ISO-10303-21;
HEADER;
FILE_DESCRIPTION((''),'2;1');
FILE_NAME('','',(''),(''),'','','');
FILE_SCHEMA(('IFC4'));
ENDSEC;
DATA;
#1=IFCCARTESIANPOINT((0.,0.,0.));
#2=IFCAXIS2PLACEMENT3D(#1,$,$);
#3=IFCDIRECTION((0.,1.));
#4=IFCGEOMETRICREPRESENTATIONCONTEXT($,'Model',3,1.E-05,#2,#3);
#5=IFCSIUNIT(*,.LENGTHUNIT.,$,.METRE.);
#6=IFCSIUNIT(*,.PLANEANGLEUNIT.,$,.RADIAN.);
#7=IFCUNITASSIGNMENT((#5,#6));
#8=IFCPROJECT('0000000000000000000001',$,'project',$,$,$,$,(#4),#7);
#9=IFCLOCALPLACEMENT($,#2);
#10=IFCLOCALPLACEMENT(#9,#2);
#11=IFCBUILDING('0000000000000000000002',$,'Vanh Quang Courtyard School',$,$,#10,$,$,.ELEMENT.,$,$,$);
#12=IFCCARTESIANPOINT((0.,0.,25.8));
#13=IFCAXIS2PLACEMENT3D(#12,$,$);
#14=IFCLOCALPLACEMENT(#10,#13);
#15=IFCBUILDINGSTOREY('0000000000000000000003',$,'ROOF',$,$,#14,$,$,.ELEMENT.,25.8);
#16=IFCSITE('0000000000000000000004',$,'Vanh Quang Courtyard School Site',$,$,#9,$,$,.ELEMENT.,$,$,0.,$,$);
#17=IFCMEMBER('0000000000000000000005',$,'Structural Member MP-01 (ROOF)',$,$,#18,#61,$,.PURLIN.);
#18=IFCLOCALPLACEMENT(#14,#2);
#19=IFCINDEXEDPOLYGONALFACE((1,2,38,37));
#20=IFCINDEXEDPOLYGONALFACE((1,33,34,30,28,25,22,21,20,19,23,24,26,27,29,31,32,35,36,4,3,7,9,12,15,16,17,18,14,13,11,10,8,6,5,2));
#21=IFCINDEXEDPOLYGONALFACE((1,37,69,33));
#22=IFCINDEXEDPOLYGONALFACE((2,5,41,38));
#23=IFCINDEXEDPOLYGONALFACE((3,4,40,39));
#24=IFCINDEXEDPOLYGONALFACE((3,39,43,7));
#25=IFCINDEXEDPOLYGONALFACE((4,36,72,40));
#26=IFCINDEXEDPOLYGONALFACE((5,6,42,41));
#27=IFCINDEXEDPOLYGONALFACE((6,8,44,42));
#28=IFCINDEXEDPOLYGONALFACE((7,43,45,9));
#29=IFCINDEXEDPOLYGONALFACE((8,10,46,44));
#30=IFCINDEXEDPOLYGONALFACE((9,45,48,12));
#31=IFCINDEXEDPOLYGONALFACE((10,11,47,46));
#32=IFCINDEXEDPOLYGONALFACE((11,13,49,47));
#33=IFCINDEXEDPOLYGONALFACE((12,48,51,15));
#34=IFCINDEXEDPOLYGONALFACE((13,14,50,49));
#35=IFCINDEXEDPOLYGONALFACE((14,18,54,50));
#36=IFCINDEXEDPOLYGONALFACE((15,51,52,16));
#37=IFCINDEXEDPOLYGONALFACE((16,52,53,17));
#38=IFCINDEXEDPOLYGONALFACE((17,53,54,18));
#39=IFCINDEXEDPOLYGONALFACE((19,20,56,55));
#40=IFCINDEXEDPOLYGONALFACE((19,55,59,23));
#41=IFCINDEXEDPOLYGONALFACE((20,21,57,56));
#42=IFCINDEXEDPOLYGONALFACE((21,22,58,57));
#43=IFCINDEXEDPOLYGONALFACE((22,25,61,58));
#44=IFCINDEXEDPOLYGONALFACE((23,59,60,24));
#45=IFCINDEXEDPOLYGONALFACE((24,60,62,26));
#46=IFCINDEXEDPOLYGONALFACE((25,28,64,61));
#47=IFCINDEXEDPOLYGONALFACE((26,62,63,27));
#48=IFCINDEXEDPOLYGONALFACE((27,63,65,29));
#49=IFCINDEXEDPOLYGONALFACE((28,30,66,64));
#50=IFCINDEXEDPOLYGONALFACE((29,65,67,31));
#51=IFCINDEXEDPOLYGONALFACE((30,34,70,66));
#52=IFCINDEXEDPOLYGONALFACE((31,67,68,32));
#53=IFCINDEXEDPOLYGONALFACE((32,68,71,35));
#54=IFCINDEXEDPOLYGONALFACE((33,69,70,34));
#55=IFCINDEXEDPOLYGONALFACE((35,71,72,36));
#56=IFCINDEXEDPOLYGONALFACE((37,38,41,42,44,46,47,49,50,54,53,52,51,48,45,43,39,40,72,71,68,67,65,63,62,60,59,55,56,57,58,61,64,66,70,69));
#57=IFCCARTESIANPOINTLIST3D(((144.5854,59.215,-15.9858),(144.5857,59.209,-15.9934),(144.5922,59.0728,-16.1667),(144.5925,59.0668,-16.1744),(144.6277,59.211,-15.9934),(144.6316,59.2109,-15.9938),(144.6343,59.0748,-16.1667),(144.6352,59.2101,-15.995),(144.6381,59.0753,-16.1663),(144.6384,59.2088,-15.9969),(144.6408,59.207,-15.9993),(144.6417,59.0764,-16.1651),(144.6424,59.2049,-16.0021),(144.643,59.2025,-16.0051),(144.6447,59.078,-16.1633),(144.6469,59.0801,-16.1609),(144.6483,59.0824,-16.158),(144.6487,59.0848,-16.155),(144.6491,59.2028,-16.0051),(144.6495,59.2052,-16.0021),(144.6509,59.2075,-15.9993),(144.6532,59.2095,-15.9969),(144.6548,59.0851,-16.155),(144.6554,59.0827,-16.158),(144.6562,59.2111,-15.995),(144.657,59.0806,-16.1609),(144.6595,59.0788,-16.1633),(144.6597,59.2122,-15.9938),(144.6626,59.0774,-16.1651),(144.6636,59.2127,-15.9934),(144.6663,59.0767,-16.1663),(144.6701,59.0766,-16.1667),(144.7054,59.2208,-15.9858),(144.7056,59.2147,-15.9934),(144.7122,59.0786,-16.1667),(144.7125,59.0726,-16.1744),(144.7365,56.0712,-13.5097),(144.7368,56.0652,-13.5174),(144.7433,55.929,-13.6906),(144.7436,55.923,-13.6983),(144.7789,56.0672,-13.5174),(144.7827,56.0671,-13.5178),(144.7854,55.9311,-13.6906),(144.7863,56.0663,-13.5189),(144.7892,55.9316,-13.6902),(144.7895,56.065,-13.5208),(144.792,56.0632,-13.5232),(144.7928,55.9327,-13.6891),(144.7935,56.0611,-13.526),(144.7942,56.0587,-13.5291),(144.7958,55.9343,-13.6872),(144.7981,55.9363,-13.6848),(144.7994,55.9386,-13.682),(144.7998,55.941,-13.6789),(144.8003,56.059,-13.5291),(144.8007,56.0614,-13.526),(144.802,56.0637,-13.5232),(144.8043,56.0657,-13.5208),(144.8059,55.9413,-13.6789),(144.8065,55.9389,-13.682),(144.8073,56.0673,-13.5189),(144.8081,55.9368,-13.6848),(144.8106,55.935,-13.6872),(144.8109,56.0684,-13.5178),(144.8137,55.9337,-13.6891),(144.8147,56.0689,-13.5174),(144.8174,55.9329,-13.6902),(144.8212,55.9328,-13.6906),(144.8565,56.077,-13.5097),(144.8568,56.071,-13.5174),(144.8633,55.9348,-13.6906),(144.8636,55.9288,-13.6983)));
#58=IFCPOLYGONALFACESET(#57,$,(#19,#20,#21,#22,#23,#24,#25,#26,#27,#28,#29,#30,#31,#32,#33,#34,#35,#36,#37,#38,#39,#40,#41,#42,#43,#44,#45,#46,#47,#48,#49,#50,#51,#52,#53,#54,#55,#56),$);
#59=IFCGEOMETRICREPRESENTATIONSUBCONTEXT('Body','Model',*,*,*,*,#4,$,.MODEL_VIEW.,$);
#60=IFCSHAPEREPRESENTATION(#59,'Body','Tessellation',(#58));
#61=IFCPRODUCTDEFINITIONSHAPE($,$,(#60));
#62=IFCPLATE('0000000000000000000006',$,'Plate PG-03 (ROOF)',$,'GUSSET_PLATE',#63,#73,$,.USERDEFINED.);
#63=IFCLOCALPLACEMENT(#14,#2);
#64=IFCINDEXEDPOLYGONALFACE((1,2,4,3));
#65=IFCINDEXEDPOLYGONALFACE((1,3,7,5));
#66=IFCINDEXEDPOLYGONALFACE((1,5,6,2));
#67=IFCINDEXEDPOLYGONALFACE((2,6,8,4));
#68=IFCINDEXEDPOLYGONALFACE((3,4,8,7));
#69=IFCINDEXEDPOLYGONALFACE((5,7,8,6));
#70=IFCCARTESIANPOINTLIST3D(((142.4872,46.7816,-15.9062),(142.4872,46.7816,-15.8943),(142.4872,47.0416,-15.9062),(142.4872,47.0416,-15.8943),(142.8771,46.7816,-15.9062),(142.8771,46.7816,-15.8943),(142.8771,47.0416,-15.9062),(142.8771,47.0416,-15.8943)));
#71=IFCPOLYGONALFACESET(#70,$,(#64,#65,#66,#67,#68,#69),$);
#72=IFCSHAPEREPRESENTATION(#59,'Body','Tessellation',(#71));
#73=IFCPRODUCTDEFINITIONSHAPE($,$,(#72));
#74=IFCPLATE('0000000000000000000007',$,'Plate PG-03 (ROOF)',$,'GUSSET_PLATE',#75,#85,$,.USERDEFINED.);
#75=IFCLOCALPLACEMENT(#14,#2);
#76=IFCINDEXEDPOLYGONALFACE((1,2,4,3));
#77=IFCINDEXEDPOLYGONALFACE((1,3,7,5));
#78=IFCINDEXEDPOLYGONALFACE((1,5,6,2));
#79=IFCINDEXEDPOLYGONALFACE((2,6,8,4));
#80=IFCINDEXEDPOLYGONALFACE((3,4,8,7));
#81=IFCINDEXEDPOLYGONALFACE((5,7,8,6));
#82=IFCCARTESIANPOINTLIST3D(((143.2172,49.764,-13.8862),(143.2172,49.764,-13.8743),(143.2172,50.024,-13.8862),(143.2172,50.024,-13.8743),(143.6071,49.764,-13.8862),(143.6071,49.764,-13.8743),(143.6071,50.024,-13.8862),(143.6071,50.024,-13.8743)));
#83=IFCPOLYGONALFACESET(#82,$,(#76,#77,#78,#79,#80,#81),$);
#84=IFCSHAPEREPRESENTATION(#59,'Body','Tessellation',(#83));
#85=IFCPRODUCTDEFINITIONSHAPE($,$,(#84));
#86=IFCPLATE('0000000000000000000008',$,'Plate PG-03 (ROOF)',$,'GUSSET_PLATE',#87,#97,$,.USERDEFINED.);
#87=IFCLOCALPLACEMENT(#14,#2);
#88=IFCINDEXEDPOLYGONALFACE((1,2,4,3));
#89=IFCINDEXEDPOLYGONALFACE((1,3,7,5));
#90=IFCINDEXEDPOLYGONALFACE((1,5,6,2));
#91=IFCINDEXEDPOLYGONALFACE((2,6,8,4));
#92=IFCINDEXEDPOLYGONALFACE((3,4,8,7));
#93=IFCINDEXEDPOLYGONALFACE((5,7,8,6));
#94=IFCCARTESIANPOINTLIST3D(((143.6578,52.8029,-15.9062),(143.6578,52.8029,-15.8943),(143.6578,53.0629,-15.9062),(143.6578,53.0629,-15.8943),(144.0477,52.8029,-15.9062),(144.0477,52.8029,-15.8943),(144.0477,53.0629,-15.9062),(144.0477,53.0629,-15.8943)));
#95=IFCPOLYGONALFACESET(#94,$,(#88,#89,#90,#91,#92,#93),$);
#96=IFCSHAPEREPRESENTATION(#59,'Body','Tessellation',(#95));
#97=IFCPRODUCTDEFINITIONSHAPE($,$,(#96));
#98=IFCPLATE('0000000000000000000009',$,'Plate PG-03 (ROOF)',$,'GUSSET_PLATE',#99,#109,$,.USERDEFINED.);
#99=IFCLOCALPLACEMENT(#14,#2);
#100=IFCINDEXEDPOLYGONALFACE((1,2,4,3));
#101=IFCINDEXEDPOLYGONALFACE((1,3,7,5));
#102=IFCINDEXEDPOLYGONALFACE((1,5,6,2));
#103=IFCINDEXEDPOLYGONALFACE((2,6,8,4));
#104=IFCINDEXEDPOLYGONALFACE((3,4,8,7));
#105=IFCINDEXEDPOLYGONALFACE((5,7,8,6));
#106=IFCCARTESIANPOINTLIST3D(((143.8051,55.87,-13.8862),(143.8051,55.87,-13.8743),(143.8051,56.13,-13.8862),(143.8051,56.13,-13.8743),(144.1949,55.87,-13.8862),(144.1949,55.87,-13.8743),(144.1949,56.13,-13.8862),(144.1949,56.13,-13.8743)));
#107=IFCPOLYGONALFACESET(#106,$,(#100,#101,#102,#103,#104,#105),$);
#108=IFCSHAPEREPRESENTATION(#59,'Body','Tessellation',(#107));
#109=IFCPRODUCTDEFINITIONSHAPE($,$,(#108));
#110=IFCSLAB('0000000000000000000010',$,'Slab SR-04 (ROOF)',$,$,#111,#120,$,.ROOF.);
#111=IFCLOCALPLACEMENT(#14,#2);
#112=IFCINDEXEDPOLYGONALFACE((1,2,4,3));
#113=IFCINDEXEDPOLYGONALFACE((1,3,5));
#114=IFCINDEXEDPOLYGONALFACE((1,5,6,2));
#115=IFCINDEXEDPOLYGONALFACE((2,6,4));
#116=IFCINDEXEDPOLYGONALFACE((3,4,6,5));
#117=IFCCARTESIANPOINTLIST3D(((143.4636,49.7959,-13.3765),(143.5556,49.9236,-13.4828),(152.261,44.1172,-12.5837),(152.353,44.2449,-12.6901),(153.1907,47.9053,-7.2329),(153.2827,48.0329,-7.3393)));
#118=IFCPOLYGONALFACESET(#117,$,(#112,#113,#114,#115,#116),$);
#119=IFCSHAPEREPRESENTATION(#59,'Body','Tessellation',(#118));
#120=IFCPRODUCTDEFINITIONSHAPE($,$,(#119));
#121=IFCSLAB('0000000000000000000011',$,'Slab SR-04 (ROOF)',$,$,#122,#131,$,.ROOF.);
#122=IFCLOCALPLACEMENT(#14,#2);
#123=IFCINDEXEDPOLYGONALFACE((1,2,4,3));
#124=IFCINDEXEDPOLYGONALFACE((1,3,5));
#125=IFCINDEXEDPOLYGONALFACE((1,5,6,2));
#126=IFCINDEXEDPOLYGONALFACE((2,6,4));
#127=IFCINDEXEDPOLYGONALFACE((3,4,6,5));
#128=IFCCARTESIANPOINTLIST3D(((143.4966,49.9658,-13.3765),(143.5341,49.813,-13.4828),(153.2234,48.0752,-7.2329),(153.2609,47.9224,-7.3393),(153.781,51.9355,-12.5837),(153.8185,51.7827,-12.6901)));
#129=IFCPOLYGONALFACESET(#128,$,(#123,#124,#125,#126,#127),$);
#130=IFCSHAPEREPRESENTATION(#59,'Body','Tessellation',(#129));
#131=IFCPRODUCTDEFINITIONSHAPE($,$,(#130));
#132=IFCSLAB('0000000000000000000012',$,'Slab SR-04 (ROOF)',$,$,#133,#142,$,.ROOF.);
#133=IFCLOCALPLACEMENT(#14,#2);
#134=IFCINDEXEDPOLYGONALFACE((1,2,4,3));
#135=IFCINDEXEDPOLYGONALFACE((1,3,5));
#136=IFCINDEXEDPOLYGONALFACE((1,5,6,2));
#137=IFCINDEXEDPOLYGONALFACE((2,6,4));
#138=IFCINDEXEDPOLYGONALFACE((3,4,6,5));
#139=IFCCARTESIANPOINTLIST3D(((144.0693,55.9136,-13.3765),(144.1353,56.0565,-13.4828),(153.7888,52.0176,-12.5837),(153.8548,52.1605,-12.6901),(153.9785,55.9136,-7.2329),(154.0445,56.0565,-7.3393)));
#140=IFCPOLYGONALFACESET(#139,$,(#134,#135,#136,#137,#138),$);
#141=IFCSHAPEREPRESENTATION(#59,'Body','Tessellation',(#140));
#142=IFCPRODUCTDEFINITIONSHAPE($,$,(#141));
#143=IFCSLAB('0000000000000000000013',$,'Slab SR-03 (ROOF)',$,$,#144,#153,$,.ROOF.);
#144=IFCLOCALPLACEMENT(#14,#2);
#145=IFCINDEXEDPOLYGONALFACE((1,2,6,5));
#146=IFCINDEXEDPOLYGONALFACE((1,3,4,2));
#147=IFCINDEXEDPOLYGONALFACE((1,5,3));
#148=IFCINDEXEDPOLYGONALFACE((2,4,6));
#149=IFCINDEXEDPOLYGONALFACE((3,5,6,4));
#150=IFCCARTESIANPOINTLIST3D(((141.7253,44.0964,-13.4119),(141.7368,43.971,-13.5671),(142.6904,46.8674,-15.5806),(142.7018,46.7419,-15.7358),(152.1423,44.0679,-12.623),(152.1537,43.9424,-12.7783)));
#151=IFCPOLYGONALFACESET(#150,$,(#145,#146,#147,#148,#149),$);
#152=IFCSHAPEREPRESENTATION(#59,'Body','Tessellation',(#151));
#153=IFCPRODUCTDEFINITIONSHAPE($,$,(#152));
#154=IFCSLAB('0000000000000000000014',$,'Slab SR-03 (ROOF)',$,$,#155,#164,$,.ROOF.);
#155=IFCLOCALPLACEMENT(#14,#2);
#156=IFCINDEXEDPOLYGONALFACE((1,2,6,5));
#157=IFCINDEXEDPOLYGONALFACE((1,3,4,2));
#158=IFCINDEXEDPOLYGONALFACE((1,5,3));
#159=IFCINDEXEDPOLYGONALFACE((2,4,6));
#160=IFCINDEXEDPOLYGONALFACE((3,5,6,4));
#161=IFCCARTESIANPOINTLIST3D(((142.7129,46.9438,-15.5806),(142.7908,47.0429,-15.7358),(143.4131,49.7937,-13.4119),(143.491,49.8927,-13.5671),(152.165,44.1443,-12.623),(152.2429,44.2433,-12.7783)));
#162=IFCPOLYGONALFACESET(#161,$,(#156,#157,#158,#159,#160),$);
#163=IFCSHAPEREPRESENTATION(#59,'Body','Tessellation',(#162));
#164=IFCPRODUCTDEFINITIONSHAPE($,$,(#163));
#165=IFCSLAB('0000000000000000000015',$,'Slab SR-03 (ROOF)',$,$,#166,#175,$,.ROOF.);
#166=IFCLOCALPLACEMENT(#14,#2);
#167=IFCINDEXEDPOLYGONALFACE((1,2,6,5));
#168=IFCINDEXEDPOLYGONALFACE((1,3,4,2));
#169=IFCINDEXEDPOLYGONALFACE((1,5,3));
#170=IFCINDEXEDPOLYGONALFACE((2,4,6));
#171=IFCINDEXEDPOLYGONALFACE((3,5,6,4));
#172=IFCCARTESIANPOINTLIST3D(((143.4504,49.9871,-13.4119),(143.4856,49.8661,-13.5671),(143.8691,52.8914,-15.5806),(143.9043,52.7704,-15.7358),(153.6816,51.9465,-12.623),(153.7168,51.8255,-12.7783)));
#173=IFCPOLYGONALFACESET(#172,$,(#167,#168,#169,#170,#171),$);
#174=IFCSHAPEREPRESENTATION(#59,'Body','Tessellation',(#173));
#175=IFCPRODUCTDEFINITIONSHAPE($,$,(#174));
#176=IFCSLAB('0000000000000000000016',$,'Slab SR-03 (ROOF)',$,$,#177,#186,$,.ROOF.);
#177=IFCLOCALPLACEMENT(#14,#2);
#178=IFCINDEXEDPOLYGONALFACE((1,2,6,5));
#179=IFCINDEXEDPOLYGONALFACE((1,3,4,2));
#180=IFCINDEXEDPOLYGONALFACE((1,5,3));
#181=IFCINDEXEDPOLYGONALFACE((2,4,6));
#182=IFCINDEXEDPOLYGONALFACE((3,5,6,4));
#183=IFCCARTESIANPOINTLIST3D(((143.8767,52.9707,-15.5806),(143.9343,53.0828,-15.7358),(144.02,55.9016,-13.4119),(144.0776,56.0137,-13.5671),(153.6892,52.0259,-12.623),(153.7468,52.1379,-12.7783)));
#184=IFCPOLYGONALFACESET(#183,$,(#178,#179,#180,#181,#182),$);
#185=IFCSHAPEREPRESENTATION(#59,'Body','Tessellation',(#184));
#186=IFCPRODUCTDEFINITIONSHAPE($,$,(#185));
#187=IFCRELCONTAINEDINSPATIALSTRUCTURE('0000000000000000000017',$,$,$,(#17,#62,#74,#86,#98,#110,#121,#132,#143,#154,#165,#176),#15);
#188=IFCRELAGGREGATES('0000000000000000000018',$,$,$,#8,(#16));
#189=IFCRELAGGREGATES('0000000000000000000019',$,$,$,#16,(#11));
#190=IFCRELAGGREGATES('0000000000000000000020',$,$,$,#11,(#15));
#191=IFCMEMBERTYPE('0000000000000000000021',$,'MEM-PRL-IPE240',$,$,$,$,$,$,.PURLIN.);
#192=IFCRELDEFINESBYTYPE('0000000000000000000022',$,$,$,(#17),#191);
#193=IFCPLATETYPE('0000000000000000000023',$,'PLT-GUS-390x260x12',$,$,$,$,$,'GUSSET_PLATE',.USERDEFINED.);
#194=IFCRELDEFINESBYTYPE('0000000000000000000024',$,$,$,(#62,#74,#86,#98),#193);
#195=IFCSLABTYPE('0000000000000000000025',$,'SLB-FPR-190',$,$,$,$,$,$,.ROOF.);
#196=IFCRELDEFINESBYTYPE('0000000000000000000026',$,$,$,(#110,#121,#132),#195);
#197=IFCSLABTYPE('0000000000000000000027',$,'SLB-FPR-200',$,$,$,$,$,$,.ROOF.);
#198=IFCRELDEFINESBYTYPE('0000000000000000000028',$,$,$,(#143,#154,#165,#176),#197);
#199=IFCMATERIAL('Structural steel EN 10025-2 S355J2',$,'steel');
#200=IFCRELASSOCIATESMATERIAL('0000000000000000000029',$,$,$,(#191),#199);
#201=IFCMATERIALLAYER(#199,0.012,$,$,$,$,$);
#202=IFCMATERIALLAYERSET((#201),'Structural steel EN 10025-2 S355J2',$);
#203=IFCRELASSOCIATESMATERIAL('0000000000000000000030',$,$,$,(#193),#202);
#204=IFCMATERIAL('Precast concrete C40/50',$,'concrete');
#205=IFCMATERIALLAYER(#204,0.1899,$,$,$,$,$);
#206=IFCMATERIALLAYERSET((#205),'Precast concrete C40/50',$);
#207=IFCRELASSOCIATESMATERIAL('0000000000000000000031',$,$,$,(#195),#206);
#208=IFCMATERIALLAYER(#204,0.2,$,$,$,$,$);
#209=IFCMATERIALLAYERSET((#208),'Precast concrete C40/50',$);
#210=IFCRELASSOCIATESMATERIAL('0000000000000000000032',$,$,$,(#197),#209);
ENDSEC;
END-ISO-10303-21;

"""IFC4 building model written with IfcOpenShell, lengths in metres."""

from ifc_helpers import new_model, si_unit, direction, frame, origin, origin_2d, place, context, subcontext, project, spatial, polyline, rectangle, i_section, outline, extrude, material, layer, layer_set, material_profile, profile_set, type_object, element, save


model = new_model("IFC4")

# Units and contexts
model_context = context("Model", 3, precision=1e-05, world=origin(), true_north=direction((0.0, 1.0)))
body_context = subcontext(model_context, "Body", "Model", "MODEL_VIEW")
ifc_project = project(units=[si_unit("LENGTHUNIT", "METRE"), si_unit("PLANEANGLEUNIT", "RADIAN")], contexts=[model_context])

# Site, building, storey
site_placement = place(None, origin())
site = spatial("IfcSite", under=ifc_project, at=site_placement, Name="Vanh Quang Courtyard School Site", CompositionType="ELEMENT", RefElevation=0.0)
building_placement = place(site_placement, origin())
building = spatial("IfcBuilding", under=site, at=building_placement, Name="Vanh Quang Courtyard School", CompositionType="ELEMENT")
storey_placement = place(building_placement, frame((0.0, 0.0, 25.8)))
storey = spatial("IfcBuildingStorey", under=building, at=storey_placement, Name="ROOF", CompositionType="ELEMENT", Elevation=25.8)

# Shared definitions
ifc_material_1 = material(Name="Structural steel EN 10025-2 S355J2", Category="steel")

# Member
ifc_material_profile_1 = material_profile(ifc_material_1, i_section(OverallWidth=0.1201, OverallDepth=0.24, WebThickness=0.0061, FlangeThickness=0.0098, FilletRadius=0.0149, at=origin_2d()), Name="IPE 240")
ifc_profile_set_1 = profile_set([ifc_material_profile_1], Name="Structural steel EN 10025-2 S355J2")
member_type_1 = type_object("IfcMemberType", Name="MEM-PRL-IPE240", PredefinedType="PURLIN", material=ifc_profile_set_1)
for number, where, z_axis, x_axis, name in (
    (1, (144.8, 56.0, -13.604), (-0.037737, 0.785036, -0.618299), (-0.998847, -0.048015, 0.0), "Structural Member MP-01 (ROOF)"),
):
    element("IfcMember", number, at=place(storey_placement, frame(where, z_axis=z_axis, x_axis=x_axis)), inside=storey, type_object=member_type_1, Name=name, PredefinedType="PURLIN", context=body_context, shape_type="SweptSolid", body=[
        extrude(i_section(OverallWidth=0.1201, OverallDepth=0.24, WebThickness=0.0061, FlangeThickness=0.0098, FilletRadius=0.0149, at=origin_2d()), origin(), (0.0, 0.0, 1.0), 4.0046),
    ])

# Plates
ifc_layer_1 = layer(ifc_material_1, 0.012)
ifc_layer_set_1 = layer_set([ifc_layer_1], Name="Structural steel EN 10025-2 S355J2")
plate_type = type_object("IfcPlateType", Name="PLT-GUS-390x260x12", ElementType="GUSSET_PLATE", PredefinedType="USERDEFINED", material=ifc_layer_set_1)
for number, where, z_axis, x_axis, name in (
    (2, (142.6821, 46.9116, -15.9062), (0.0, 0.0, 1.0), (1.0, 0.0, 0.0), "Plate PG-03 (ROOF)"),
    (3, (143.4121, 49.894, -13.8862), (0.0, 0.0, 1.0), (1.0, 0.0, 0.0), "Plate PG-03 (ROOF)"),
    (4, (143.8528, 52.9329, -15.9062), (0.0, 0.0, 1.0), (1.0, 0.0, 0.0), "Plate PG-03 (ROOF)"),
    (5, (144.0, 56.0, -13.8862), (0.0, 0.0, 1.0), (1.0, 0.0, 0.0), "Plate PG-03 (ROOF)"),
):
    element("IfcPlate", number, at=place(storey_placement, frame(where, z_axis=z_axis, x_axis=x_axis)), inside=storey, type_object=plate_type, Name=name, ObjectType="GUSSET_PLATE", PredefinedType="USERDEFINED", context=body_context, shape_type="SweptSolid", body=[
        extrude(rectangle(XDim=0.3899, YDim=0.26, at=origin_2d()), origin(), (0.0, 0.0, 1.0), 0.012),
    ])

# Slabs
ifc_material_2 = material(Name="Precast concrete C40/50", Category="concrete")
ifc_layer_2 = layer(ifc_material_2, 0.1899)
ifc_layer_set_2 = layer_set([ifc_layer_2], Name="Precast concrete C40/50")
slab_type_1 = type_object("IfcSlabType", Name="SLB-FPR-190", PredefinedType="ROOF", material=ifc_layer_set_2)
slab_1_placement = place(storey_placement, frame((143.4636, 49.7959, -13.3765), z_axis=(-0.484344, -0.672163, 0.560007), x_axis=(0.837769, -0.540781, 0.075491)))
element("IfcSlab", 6, at=slab_1_placement, inside=storey, type_object=slab_type_1, Name="Slab SR-04 (ROOF)", PredefinedType="ROOF", context=body_context, shape_type="SweptSolid", body=[
    extrude(outline(polyline([(0.0, 0.0), (10.5009, 0.0), (9.6352, 6.5647), (0.0, 0.0)])), origin(), (0.0, 0.0, -1.0), 0.1899),
])
slab_2_placement = place(storey_placement, frame((143.4966, 49.9658, -13.3765), z_axis=(-0.197279, 0.804679, 0.559976), x_axis=(0.834286, -0.162162, 0.526944)))
element("IfcSlab", 7, at=slab_2_placement, inside=storey, type_object=slab_type_1, Name="Slab SR-04 (ROOF)", PredefinedType="ROOF", context=body_context, shape_type="SweptSolid", body=[
    extrude(outline(polyline([(0.0, 0.0), (11.6588, 0.0), (8.6785, 5.9129), (0.0, 0.0)])), origin(), (0.0, 0.0, -1.0), 0.1899),
])
slab_3_placement = place(storey_placement, frame((144.0693, 55.9136, -13.3765), z_axis=(-0.347199, -0.752224, 0.560011), x_axis=(0.925558, -0.371004, 0.075489)))
element("IfcSlab", 8, at=slab_3_placement, inside=storey, type_object=slab_type_1, Name="Slab SR-04 (ROOF)", PredefinedType="ROOF", context=body_context, shape_type="SweptSolid", body=[
    extrude(outline(polyline([(0.0, 0.0), (10.5012, 0.0), (9.6353, 6.5648), (0.0, 0.0)])), origin(), (0.0, 0.0, -1.0), 0.1899),
])
ifc_layer_3 = layer(ifc_material_2, 0.2)
ifc_layer_set_3 = layer_set([ifc_layer_3], Name="Precast concrete C40/50")
slab_type_2 = type_object("IfcSlabType", Name="SLB-FPR-200", PredefinedType="ROOF", material=ifc_layer_set_3)
slab_4_placement = place(storey_placement, frame((141.7253, 44.0964, -13.4119), z_axis=(-0.057076, 0.627572, 0.776463), x_axis=(0.997141, -0.002734, 0.075508)))
element("IfcSlab", 9, at=slab_4_placement, inside=storey, type_object=slab_type_2, Name="Slab SR-03 (ROOF)", PredefinedType="ROOF", context=body_context, shape_type="SweptSolid", body=[
    extrude(outline(polyline([(0.0, 0.0), (10.4469, 0.0), (0.791, 3.5619), (0.0, 0.0)])), origin(), (0.0, 0.0, -1.0), 0.2),
])
slab_5_placement = place(storey_placement, frame((142.7129, 46.9438, -15.5806), z_axis=(-0.389633, -0.495187, 0.776515), x_axis=(0.918388, -0.27201, 0.287358)))
element("IfcSlab", 10, at=slab_5_placement, inside=storey, type_object=slab_type_2, Name="Slab SR-03 (ROOF)", PredefinedType="ROOF", context=body_context, shape_type="SweptSolid", body=[
    extrude(outline(polyline([(0.0, 0.0), (10.2921, 0.0), (0.4911, 3.6158), (0.0, 0.0)])), origin(), (0.0, 0.0, -1.0), 0.2),
])
slab_6_placement = place(storey_placement, frame((143.4504, 49.9871, -13.4119), z_axis=(-0.175762, 0.605146, 0.77647), x_axis=(0.979346, 0.187564, 0.075507)))
element("IfcSlab", 11, at=slab_6_placement, inside=storey, type_object=slab_type_2, Name="Slab SR-03 (ROOF)", PredefinedType="ROOF", context=body_context, shape_type="SweptSolid", body=[
    extrude(outline(polyline([(0.0, 0.0), (10.447, 0.0), (0.791, 3.562), (0.0, 0.0)])), origin(), (0.0, 0.0, -1.0), 0.2),
])
slab_7_placement = place(storey_placement, frame((143.8767, 52.9707, -15.5806), z_axis=(-0.288001, -0.560471, 0.776484), x_axis=(0.953413, -0.091802, 0.287362)))
element("IfcSlab", 12, at=slab_7_placement, inside=storey, type_object=slab_type_2, Name="Slab SR-03 (ROOF)", PredefinedType="ROOF", context=body_context, shape_type="SweptSolid", body=[
    extrude(outline(polyline([(0.0, 0.0), (10.292, 0.0), (0.4908, 3.6157), (0.0, 0.0)])), origin(), (0.0, 0.0, -1.0), 0.2),
])

save(model, "model.ifc")
